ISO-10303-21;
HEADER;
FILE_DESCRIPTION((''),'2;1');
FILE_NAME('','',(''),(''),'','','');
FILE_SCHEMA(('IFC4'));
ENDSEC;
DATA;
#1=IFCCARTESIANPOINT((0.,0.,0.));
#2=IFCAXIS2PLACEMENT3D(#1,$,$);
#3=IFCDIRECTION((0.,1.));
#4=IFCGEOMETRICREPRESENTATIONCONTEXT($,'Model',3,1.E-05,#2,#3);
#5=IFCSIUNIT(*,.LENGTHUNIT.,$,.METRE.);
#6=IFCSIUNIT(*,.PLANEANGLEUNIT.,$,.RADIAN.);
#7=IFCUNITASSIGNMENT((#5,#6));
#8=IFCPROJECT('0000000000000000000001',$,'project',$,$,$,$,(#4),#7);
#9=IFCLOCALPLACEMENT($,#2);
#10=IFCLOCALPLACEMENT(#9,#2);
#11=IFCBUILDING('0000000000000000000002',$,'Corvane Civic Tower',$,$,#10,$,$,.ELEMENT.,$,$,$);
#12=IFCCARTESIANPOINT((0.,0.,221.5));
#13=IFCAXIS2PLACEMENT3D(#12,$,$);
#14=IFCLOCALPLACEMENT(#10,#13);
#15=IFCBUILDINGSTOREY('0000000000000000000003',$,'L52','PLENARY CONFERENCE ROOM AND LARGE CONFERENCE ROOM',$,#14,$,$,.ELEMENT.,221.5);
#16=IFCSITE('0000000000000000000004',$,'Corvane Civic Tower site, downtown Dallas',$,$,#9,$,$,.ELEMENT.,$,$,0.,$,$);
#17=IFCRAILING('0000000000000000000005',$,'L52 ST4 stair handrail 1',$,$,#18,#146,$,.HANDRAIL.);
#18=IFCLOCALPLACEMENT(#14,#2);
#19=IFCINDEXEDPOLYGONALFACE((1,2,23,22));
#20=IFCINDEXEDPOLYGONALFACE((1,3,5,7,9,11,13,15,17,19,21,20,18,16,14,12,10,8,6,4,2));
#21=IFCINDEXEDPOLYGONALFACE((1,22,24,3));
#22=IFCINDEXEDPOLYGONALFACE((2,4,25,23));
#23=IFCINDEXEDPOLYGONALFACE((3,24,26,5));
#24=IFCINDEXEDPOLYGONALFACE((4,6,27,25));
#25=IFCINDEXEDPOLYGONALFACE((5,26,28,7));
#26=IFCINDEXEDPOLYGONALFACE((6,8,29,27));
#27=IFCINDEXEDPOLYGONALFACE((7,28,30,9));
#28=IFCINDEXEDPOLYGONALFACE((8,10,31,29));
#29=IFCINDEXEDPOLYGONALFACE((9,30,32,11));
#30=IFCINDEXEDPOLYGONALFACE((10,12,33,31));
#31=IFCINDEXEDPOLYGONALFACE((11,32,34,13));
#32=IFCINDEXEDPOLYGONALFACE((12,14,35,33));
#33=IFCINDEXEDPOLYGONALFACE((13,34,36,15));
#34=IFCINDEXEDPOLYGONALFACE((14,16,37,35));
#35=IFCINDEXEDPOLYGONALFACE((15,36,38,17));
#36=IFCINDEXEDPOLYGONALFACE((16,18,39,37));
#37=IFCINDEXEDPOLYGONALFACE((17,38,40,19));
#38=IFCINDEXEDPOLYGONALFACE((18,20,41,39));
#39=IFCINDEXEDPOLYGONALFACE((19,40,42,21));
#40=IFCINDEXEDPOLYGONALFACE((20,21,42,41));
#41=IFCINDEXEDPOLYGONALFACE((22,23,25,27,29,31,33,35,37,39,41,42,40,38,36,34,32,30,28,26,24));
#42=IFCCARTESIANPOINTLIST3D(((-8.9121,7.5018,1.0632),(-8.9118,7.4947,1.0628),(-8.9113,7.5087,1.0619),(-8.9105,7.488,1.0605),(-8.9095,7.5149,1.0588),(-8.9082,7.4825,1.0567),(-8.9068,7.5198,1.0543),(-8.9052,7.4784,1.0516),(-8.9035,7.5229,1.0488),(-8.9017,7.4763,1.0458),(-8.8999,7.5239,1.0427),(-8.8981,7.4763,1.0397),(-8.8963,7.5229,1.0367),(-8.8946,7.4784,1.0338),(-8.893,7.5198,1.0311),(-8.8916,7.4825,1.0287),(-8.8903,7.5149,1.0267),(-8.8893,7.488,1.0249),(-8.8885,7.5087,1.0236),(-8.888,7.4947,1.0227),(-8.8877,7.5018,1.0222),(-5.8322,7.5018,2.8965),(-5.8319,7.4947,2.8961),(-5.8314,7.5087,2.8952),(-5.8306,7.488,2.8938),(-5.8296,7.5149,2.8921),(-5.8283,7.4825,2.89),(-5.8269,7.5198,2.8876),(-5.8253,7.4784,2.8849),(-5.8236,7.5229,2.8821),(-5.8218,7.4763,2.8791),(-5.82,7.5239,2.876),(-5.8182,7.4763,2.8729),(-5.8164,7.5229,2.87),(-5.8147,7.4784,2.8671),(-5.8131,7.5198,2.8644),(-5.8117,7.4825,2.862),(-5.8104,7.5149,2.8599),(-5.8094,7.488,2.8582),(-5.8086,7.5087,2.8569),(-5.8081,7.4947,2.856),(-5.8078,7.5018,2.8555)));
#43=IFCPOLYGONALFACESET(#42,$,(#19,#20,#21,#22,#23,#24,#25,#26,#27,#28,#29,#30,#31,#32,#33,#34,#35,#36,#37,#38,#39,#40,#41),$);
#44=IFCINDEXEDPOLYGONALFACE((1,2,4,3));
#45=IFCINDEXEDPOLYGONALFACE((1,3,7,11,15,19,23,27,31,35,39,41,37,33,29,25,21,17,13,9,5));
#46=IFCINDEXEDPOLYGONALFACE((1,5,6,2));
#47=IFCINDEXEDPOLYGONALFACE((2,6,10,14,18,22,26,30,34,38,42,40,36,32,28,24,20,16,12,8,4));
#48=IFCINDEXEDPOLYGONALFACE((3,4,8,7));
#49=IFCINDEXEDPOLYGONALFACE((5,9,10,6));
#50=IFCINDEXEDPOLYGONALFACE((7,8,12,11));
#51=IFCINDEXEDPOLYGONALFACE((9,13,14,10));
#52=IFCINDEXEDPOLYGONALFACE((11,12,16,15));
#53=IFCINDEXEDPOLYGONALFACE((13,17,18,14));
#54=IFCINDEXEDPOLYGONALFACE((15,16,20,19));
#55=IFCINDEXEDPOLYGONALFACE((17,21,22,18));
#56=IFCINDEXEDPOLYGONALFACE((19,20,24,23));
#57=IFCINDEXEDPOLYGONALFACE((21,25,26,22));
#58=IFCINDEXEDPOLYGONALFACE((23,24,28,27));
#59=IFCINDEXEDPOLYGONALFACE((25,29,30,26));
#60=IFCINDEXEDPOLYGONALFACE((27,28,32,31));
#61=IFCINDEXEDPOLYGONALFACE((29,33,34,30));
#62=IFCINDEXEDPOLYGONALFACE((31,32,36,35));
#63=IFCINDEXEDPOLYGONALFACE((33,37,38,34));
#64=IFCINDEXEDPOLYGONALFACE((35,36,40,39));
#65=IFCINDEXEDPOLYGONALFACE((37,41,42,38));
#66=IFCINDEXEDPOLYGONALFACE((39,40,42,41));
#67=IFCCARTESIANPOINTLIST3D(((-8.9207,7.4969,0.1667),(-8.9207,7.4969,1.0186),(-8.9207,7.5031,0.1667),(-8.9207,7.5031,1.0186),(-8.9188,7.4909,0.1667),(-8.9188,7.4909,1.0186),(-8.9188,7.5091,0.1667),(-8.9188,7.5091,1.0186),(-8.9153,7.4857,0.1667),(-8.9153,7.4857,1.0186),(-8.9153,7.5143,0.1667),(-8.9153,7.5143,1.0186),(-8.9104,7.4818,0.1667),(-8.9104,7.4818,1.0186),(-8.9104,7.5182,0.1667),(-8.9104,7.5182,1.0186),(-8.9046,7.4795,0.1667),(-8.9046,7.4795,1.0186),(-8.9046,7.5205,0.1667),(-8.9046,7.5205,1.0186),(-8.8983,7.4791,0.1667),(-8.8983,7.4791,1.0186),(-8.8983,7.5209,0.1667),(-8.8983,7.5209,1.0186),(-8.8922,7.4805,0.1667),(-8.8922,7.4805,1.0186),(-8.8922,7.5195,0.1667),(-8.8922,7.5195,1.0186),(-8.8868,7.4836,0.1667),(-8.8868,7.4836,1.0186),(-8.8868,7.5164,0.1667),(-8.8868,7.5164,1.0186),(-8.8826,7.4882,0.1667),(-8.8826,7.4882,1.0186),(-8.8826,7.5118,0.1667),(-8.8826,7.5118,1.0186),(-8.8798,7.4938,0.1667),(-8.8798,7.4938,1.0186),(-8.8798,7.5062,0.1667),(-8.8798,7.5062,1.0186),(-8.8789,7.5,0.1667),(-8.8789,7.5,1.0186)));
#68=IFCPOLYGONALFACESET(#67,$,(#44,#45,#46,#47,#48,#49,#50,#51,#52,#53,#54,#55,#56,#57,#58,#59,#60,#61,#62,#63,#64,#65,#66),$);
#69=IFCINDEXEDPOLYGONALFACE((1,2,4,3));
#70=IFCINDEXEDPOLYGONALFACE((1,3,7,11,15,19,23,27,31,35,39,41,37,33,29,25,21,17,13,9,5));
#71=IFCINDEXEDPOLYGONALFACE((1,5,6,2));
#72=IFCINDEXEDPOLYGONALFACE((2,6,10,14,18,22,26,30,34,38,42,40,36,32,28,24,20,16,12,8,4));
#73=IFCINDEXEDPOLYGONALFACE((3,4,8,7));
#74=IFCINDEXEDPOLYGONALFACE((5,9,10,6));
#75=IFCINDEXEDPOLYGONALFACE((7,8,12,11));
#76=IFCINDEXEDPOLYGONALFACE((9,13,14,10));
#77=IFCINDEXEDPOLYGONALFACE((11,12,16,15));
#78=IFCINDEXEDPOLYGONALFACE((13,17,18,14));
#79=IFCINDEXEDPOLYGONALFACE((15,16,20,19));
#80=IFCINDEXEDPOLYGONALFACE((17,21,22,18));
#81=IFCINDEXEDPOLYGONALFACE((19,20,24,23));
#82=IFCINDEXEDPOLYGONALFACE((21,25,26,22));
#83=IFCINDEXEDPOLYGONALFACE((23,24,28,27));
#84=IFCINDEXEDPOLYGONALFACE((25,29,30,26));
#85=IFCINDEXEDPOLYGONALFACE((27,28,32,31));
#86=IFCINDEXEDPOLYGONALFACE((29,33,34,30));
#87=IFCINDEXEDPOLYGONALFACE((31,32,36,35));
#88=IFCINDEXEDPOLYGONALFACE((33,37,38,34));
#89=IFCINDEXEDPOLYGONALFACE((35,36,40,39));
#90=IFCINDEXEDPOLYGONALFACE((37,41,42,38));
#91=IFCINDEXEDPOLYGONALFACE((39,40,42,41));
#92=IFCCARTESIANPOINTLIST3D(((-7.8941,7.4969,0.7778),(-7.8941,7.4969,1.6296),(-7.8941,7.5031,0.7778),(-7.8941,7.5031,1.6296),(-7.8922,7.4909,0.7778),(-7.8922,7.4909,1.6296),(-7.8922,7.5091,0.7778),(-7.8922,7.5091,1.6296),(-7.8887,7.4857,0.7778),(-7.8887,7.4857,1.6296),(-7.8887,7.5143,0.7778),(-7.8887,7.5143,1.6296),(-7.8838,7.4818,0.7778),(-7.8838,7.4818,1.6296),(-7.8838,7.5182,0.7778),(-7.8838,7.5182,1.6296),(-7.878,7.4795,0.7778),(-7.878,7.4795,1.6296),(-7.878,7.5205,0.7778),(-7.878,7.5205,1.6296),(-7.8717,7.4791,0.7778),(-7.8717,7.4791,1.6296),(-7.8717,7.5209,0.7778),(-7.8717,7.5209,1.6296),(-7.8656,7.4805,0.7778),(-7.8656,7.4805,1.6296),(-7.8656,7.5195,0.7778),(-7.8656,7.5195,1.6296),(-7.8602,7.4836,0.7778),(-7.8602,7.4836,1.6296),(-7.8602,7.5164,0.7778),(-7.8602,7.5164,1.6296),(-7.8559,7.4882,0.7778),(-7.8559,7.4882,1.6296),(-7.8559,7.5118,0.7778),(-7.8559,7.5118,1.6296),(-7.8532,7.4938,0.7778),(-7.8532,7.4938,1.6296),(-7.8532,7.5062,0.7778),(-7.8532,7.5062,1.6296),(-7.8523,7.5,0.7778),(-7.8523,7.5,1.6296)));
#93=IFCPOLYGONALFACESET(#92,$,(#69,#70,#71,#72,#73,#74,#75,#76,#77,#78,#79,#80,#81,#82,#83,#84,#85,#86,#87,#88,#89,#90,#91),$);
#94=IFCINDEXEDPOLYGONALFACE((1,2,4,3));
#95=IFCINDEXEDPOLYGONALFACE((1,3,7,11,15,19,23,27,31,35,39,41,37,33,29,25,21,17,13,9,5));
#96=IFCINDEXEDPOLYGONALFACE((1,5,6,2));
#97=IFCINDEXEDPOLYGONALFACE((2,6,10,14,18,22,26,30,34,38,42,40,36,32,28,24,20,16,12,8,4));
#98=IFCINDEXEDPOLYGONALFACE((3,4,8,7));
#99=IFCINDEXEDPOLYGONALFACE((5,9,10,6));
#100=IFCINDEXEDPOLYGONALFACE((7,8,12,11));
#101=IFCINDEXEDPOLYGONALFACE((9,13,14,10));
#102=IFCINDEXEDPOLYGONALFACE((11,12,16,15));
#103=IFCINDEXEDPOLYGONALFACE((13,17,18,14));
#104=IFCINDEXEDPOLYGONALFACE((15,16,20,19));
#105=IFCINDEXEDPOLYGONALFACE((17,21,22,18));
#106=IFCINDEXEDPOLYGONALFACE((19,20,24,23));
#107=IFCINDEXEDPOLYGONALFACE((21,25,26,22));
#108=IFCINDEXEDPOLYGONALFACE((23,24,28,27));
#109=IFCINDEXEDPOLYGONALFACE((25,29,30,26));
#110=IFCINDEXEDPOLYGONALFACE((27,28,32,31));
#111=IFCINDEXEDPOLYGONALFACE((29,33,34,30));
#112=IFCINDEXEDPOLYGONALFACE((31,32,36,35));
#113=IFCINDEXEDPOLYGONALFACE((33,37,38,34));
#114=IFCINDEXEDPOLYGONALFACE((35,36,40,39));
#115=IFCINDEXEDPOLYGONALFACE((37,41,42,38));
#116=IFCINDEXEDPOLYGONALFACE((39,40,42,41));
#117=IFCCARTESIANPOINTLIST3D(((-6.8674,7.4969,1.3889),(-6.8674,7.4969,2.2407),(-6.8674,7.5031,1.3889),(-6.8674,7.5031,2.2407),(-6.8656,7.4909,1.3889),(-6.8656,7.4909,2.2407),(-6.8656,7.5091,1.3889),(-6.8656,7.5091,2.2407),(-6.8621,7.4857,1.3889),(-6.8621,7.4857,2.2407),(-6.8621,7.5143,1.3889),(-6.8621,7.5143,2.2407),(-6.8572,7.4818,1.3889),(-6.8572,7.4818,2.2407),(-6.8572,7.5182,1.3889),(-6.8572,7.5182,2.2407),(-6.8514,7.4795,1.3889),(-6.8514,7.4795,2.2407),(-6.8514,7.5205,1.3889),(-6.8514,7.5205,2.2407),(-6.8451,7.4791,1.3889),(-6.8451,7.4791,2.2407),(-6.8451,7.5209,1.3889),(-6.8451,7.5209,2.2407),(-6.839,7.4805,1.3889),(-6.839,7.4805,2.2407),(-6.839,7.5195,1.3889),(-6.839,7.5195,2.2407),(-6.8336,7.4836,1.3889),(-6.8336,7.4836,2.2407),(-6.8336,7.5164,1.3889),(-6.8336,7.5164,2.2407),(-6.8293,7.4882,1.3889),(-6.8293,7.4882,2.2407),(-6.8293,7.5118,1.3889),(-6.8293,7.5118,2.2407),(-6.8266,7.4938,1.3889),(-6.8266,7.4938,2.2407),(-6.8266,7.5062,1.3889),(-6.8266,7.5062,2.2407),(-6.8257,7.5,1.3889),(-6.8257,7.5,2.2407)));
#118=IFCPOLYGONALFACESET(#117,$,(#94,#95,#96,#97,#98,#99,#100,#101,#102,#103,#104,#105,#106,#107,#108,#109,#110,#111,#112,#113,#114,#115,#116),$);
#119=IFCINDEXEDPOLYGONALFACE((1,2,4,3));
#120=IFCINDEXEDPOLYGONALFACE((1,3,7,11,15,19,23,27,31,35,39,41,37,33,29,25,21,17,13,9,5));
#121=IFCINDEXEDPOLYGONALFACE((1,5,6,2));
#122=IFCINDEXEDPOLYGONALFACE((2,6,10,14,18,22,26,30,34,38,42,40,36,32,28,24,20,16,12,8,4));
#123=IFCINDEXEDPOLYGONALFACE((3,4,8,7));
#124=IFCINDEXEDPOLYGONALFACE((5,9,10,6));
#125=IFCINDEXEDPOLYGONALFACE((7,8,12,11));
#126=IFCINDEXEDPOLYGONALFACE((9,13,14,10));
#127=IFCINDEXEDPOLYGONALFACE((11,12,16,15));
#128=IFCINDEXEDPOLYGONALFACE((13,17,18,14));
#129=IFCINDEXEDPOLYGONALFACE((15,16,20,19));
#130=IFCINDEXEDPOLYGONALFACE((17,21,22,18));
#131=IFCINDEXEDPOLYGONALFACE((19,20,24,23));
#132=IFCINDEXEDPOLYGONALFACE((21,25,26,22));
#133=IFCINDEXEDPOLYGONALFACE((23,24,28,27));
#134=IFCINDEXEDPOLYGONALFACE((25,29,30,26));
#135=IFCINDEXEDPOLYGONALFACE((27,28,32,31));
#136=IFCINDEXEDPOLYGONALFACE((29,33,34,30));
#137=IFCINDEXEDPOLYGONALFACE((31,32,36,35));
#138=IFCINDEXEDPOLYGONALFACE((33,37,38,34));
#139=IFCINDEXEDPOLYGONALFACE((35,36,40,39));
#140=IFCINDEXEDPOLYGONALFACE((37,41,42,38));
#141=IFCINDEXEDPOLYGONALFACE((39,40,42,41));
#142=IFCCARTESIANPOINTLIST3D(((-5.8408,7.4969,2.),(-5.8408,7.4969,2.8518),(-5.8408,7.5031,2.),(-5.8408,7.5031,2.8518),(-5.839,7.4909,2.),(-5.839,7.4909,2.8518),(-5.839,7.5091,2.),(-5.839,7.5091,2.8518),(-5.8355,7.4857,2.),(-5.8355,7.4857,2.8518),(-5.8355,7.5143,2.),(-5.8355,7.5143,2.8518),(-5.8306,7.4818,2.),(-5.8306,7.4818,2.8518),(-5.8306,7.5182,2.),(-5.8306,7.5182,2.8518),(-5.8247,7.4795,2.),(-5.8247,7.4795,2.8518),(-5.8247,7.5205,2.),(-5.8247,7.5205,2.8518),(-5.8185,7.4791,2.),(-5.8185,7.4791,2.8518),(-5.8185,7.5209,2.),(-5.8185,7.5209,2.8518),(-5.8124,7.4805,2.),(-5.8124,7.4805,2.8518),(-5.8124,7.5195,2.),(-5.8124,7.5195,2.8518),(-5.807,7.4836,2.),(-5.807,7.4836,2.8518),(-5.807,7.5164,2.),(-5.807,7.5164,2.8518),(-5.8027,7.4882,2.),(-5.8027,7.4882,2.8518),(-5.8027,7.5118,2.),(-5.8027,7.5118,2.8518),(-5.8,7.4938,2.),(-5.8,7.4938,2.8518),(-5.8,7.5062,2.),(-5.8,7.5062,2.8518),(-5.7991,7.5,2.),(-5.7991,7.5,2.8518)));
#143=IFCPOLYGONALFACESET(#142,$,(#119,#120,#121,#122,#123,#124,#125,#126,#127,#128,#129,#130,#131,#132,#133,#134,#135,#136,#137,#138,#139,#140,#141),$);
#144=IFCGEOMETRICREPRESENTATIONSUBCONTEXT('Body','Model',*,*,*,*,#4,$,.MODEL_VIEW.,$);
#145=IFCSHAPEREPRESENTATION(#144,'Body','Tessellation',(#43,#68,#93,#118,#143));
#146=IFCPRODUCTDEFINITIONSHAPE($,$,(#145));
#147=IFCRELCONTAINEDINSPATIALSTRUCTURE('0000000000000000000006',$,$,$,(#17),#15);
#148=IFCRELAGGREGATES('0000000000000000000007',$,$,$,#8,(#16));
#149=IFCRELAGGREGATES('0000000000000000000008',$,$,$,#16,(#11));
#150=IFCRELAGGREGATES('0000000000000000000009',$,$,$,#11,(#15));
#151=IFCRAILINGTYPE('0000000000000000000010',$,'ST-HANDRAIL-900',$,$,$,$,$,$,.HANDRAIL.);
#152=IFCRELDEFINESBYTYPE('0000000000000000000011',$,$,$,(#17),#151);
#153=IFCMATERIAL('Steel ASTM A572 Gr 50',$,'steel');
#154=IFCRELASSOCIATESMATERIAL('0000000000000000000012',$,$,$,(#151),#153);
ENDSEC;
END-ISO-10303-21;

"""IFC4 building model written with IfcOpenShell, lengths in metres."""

from ifc_helpers import new_model, si_unit, direction, frame, origin, origin_2d, place, context, subcontext, project, spatial, circle, extrude, material, type_object, element, save


model = new_model("IFC4")

# Units and contexts
model_context = context("Model", 3, precision=1e-05, world=origin(), true_north=direction((0.0, 1.0)))
body_context = subcontext(model_context, "Body", "Model", "MODEL_VIEW")
ifc_project = project(units=[si_unit("LENGTHUNIT", "METRE"), si_unit("PLANEANGLEUNIT", "RADIAN")], contexts=[model_context])

# Site, building, storey
site_placement = place(None, origin())
site = spatial("IfcSite", under=ifc_project, at=site_placement, Name="Corvane Civic Tower site, downtown Dallas", CompositionType="ELEMENT", RefElevation=0.0)
building_placement = place(site_placement, origin())
building = spatial("IfcBuilding", under=site, at=building_placement, Name="Corvane Civic Tower", CompositionType="ELEMENT")
storey_placement = place(building_placement, frame((0.0, 0.0, 221.5)))
storey = spatial("IfcBuildingStorey", under=building, at=storey_placement, Name="L52", Description="PLENARY CONFERENCE ROOM AND LARGE CONFERENCE ROOM", CompositionType="ELEMENT", Elevation=221.5)

# Railing
ifc_material_1 = material(Name="Steel ASTM A572 Gr 50", Category="steel")
railing_type_1 = type_object("IfcRailingType", Name="ST-HANDRAIL-900", PredefinedType="HANDRAIL", material=ifc_material_1)
railing_1_placement = place(storey_placement, frame((-8.8999, 7.5, 0.1667)))
element("IfcRailing", 1, at=railing_1_placement, inside=storey, type_object=railing_type_1, Name="L52 ST4 stair handrail 1", PredefinedType="HANDRAIL", context=body_context, shape_type="SweptSolid", body=[
    extrude(circle(Radius=0.0239, at=origin_2d()), frame((0.0, 0.0, 0.876), z_axis=(0.859291, 0.0, 0.511487), x_axis=(0.0, 1.0, 0.0)), (0.0, 0.0, 1.0), 3.5842),
    extrude(circle(Radius=0.021, at=origin_2d()), origin(), (0.0, 0.0, 1.0), 0.8518),
    extrude(circle(Radius=0.021, at=origin_2d()), frame((1.0266, 0.0, 0.6111)), (0.0, 0.0, 1.0), 0.8518),
    extrude(circle(Radius=0.021, at=origin_2d()), frame((2.0532, 0.0, 1.2222)), (0.0, 0.0, 1.0), 0.8518),
    extrude(circle(Radius=0.021, at=origin_2d()), frame((3.0798, 0.0, 1.8333)), (0.0, 0.0, 1.0), 0.8518),
])

save(model, "model.ifc")
